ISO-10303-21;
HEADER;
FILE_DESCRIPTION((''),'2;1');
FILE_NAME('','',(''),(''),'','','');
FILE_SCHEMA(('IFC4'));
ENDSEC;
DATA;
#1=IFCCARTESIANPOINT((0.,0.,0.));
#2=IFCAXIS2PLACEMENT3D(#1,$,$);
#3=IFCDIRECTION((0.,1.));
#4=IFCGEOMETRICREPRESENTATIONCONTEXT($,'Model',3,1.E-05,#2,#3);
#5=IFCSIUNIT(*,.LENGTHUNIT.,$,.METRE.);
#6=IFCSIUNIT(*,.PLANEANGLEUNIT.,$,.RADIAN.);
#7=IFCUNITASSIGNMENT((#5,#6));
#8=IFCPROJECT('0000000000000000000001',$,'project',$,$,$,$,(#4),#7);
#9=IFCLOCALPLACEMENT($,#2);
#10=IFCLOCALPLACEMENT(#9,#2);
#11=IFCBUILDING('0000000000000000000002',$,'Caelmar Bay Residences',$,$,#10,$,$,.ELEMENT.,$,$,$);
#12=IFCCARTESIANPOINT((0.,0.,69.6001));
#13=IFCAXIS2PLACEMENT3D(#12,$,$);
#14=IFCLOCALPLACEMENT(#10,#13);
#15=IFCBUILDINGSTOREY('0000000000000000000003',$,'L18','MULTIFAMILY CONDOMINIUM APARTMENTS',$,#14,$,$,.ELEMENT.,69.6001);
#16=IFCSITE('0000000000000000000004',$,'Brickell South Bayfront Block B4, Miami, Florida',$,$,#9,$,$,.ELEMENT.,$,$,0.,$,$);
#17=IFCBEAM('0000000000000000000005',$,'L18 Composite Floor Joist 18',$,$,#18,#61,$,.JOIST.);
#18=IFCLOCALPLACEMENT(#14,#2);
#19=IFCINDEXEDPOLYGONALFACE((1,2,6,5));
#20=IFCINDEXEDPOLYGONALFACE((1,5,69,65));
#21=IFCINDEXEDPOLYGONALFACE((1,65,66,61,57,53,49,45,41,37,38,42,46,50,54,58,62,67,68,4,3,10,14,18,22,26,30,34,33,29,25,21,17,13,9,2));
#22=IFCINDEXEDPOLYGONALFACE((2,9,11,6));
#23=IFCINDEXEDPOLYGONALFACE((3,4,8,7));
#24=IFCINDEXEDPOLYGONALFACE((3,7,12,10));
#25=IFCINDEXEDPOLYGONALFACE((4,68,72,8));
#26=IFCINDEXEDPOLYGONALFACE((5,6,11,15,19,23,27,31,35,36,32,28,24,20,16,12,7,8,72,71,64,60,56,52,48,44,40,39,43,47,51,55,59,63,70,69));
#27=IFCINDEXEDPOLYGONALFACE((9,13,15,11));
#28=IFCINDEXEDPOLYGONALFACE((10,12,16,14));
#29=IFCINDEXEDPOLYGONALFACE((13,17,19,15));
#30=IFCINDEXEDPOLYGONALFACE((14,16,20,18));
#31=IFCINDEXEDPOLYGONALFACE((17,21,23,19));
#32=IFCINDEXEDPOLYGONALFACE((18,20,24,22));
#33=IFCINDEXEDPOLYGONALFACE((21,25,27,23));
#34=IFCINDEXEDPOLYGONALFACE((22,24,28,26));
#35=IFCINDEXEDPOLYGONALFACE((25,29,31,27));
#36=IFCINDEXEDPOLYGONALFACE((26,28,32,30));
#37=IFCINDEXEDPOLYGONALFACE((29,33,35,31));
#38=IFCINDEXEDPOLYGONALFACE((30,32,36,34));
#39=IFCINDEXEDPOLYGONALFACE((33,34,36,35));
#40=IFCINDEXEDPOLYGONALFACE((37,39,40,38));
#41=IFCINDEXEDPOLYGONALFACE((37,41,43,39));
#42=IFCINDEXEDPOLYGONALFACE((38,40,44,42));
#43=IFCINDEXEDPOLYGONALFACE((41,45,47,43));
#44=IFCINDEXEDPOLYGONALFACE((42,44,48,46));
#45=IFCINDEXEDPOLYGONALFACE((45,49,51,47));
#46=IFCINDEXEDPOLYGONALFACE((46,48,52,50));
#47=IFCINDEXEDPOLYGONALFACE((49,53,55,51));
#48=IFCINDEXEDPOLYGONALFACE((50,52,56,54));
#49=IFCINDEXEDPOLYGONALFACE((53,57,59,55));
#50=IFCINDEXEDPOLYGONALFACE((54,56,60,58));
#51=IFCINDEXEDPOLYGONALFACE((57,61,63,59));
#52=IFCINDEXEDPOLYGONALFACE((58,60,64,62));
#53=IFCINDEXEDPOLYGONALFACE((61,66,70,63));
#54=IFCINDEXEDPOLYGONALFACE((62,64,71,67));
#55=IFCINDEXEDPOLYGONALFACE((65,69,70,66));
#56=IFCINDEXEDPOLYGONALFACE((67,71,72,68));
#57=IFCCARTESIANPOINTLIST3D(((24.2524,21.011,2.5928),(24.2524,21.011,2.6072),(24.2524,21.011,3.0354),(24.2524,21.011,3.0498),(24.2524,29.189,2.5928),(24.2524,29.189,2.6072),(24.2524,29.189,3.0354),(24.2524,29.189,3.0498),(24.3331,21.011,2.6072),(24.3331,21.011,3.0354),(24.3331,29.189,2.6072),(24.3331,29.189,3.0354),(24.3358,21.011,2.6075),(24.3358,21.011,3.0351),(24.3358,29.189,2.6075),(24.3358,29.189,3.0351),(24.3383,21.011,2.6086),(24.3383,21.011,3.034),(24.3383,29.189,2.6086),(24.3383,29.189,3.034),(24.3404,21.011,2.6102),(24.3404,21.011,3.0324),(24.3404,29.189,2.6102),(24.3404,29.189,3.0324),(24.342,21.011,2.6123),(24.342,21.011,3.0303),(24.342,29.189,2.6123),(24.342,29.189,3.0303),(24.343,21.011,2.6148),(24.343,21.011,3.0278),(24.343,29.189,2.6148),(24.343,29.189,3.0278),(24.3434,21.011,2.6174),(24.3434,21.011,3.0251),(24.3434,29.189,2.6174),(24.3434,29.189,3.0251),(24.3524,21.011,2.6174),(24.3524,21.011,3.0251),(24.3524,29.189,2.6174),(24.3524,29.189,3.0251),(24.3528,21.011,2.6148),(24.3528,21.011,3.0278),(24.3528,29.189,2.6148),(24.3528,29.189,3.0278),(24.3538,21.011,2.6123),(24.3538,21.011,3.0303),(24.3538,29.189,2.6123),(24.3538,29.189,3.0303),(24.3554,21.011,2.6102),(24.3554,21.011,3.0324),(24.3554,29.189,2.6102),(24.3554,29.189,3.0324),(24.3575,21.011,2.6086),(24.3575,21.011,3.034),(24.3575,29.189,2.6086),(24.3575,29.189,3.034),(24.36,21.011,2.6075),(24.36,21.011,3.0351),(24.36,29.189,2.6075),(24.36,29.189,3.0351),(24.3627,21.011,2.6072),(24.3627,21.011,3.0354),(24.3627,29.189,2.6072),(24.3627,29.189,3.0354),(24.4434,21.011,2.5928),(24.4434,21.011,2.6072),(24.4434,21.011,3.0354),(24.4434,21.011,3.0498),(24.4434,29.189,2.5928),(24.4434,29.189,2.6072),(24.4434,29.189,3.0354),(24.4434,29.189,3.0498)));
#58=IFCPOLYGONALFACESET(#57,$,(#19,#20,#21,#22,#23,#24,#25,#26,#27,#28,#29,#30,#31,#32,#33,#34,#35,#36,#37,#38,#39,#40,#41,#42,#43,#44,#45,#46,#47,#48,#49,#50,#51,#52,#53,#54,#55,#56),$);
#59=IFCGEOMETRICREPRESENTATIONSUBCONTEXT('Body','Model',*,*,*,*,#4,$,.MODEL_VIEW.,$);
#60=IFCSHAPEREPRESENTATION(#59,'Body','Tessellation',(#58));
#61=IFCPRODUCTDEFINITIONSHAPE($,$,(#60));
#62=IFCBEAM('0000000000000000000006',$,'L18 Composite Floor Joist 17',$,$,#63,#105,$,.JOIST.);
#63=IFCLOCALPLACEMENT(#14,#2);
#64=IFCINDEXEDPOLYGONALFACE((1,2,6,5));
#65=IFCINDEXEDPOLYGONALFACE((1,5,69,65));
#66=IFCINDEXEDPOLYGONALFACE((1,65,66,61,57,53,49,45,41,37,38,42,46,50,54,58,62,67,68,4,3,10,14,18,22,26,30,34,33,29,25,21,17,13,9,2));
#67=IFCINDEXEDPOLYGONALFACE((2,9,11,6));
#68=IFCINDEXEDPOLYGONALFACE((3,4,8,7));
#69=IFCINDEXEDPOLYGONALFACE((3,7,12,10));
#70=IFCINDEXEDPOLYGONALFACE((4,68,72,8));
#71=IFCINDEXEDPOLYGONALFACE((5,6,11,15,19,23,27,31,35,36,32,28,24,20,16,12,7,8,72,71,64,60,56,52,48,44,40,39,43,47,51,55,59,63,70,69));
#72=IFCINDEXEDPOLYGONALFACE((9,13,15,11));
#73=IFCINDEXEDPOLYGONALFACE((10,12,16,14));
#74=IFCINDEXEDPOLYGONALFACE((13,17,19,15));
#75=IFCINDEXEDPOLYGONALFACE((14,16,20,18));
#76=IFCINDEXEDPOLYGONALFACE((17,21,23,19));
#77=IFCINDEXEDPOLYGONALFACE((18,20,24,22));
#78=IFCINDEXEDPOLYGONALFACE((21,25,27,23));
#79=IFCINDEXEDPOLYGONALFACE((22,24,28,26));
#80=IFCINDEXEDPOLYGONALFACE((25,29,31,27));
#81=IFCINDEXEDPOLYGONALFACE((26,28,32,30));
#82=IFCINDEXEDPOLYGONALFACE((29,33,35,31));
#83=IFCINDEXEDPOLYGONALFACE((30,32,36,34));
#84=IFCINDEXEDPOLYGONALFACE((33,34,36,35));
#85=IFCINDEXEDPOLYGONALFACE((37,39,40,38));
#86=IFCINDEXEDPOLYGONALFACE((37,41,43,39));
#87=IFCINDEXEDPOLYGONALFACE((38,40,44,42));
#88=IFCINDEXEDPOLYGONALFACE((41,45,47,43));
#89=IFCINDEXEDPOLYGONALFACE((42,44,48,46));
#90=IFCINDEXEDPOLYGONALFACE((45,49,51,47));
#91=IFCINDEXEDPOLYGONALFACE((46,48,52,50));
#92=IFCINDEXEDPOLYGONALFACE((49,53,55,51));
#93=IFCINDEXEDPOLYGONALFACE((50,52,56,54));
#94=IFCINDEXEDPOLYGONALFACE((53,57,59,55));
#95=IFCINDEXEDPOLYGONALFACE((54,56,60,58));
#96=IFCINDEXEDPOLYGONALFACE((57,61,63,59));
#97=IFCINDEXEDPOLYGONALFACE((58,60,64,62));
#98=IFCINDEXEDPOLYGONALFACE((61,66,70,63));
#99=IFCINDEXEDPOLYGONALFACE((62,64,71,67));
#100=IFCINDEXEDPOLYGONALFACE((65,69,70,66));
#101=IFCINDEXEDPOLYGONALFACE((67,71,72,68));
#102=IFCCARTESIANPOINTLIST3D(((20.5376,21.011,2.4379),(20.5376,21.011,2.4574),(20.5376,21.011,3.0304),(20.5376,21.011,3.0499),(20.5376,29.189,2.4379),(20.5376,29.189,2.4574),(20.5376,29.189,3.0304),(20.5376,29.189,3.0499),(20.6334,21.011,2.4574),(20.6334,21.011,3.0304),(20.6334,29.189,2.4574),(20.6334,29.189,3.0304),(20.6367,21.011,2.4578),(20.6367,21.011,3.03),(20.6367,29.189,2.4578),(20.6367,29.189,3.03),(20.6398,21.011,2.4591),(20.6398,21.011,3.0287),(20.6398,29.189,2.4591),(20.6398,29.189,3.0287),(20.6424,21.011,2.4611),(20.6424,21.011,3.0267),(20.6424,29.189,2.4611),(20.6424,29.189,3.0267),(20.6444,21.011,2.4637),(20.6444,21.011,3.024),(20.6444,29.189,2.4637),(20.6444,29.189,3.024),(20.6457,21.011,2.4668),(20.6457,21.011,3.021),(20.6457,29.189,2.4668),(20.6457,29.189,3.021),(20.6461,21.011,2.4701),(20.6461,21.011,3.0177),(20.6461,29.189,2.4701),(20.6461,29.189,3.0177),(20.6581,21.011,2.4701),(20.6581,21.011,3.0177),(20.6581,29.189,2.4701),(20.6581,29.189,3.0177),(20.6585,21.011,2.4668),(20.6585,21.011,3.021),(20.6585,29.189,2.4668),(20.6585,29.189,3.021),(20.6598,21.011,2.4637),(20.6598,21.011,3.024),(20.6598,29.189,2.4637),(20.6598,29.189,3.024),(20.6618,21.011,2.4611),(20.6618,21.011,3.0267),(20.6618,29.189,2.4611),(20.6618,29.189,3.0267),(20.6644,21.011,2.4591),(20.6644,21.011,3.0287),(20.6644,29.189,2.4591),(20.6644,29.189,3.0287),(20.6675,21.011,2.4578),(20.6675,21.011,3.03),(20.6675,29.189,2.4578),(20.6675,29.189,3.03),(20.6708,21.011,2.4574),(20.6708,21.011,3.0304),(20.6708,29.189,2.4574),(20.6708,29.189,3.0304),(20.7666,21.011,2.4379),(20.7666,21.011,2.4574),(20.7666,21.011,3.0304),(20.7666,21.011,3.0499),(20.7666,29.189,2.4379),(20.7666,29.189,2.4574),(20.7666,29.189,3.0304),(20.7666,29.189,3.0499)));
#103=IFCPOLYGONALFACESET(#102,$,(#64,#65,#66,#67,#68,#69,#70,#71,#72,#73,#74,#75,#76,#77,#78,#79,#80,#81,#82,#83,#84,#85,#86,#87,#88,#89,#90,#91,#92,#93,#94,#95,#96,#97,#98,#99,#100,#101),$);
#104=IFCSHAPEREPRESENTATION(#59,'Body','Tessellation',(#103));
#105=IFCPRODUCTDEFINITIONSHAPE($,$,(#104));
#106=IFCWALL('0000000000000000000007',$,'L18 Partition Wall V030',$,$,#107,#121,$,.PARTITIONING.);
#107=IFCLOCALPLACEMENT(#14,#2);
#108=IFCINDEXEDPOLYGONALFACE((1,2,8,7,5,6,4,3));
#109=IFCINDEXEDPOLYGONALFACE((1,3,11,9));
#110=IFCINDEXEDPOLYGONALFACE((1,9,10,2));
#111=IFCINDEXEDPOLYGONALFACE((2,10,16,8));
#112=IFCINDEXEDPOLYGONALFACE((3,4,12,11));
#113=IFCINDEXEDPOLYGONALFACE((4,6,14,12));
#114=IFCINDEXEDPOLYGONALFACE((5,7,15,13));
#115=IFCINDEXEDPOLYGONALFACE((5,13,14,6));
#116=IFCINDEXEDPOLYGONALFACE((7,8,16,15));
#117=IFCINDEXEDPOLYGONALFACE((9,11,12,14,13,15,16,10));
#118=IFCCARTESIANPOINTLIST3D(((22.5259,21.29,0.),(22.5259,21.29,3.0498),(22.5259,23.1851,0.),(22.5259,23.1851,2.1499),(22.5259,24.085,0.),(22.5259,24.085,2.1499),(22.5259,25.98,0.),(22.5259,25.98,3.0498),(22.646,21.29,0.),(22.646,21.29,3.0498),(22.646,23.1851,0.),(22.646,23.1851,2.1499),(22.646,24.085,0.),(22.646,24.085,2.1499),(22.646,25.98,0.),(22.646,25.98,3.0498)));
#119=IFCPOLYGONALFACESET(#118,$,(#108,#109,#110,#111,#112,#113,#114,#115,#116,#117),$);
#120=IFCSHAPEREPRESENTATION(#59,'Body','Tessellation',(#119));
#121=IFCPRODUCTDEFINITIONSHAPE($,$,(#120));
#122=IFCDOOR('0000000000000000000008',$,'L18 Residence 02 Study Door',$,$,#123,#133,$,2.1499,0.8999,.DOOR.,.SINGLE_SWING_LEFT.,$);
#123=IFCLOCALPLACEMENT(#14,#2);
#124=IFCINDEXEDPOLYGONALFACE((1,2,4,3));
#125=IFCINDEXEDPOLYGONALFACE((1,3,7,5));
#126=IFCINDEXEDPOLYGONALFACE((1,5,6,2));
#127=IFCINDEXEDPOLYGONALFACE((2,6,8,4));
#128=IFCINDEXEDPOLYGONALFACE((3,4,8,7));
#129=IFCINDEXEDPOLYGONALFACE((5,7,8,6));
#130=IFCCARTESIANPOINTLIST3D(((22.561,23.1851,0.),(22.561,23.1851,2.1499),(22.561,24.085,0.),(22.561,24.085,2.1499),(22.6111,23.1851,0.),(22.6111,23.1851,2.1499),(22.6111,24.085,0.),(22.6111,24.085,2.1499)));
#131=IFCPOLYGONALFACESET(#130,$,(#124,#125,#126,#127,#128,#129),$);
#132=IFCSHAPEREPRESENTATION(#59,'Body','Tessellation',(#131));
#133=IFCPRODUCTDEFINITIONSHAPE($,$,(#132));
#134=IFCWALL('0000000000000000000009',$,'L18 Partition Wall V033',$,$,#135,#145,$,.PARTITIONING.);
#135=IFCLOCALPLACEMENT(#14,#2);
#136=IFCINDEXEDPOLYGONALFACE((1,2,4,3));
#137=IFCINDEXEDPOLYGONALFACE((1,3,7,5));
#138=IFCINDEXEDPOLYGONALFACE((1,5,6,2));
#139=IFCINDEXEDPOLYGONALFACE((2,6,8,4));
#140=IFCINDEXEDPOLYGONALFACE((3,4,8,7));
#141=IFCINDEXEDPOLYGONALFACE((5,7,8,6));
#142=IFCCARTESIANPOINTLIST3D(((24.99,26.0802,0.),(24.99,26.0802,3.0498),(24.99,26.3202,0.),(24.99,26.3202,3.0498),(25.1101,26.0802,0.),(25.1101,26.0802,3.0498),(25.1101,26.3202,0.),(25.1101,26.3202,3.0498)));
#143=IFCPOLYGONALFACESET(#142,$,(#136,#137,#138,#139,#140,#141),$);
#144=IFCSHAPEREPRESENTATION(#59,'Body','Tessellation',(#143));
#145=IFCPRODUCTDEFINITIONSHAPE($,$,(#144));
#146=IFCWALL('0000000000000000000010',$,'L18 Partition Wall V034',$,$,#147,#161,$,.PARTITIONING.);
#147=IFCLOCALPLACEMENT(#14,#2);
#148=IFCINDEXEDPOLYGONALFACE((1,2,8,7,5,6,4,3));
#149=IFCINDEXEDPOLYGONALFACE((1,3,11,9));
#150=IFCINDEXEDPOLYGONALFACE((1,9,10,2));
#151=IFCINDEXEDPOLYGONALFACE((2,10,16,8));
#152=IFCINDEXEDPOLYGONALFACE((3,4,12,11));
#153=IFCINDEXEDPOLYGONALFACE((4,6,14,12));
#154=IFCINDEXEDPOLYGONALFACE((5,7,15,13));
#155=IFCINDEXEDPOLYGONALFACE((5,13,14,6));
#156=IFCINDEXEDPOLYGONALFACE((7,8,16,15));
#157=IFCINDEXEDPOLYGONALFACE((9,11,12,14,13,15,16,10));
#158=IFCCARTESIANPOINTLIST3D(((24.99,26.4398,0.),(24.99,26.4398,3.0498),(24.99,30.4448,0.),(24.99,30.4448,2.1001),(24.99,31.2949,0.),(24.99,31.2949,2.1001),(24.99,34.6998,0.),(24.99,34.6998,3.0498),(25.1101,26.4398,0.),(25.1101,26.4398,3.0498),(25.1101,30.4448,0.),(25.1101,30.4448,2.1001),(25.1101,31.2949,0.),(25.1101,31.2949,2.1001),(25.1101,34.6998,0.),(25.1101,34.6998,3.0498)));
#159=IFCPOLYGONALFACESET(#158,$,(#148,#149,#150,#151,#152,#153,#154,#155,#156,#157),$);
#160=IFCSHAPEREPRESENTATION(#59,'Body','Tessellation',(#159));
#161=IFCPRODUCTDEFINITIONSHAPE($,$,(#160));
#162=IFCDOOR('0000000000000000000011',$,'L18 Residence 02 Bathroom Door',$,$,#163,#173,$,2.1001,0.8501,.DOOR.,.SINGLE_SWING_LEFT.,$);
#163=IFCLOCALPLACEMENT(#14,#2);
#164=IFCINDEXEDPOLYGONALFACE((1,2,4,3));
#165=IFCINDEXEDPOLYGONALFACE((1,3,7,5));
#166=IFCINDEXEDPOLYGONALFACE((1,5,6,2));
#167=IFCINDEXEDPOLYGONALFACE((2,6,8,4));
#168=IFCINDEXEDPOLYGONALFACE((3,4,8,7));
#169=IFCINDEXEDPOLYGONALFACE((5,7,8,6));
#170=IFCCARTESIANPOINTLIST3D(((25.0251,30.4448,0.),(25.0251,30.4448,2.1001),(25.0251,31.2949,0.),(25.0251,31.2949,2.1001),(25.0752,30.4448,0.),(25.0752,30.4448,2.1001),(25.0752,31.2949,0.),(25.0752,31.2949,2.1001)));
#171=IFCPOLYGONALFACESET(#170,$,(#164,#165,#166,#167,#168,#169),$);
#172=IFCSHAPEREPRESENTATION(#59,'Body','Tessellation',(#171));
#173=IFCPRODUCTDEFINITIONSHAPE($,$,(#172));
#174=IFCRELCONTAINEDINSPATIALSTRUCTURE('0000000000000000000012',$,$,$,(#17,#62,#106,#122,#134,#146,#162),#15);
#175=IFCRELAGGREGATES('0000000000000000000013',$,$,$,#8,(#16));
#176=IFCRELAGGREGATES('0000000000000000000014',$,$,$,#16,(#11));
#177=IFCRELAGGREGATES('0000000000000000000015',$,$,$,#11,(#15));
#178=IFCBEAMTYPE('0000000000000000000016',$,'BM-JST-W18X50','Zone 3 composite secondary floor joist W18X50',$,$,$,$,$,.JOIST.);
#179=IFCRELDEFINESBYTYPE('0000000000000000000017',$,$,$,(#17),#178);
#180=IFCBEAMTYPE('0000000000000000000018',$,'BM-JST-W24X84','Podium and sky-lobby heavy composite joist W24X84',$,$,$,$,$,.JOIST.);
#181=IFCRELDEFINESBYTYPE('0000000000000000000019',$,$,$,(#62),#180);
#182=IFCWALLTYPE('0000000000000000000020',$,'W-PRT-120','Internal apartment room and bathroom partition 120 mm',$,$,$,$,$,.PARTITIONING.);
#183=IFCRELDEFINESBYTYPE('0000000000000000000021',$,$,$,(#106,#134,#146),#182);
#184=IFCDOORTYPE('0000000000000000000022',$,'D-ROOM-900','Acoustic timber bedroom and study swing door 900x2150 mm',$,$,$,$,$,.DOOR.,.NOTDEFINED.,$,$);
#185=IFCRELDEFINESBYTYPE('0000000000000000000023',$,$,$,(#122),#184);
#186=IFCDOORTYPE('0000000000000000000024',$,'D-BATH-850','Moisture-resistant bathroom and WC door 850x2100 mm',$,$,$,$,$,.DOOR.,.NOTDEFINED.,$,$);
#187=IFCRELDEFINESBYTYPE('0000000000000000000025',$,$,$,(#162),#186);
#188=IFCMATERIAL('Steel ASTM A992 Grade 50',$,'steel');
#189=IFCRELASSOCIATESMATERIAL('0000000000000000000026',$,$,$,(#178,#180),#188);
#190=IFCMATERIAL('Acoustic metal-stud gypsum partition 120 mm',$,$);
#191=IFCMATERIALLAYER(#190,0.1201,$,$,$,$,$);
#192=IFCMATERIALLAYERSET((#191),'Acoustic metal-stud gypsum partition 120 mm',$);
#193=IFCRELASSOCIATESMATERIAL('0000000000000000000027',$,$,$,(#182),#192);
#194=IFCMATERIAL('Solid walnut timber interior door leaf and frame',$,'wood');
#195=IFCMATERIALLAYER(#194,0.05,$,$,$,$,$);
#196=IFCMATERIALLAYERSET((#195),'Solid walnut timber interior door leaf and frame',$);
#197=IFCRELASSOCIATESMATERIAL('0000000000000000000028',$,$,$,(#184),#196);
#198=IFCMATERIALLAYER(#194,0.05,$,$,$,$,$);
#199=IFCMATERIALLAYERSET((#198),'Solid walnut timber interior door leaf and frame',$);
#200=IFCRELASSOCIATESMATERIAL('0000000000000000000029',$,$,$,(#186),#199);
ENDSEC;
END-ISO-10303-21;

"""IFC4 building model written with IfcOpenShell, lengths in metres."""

from ifc_helpers import new_model, si_unit, direction, frame, frame_2d, origin, origin_2d, place, context, subcontext, project, spatial, rectangle, i_section, extrude, material, layer, layer_set, material_profile, profile_set, type_object, element, fill, save


model = new_model("IFC4")

# Units and contexts
model_context = context("Model", 3, precision=1e-05, world=origin(), true_north=direction((0.0, 1.0)))
body_context = subcontext(model_context, "Body", "Model", "MODEL_VIEW")
ifc_project = project(units=[si_unit("LENGTHUNIT", "METRE"), si_unit("PLANEANGLEUNIT", "RADIAN")], contexts=[model_context])

# Site, building, storey
site_placement = place(None, origin())
site = spatial("IfcSite", under=ifc_project, at=site_placement, Name="Brickell South Bayfront Block B4, Miami, Florida", CompositionType="ELEMENT", RefElevation=0.0)
building_placement = place(site_placement, origin())
building = spatial("IfcBuilding", under=site, at=building_placement, Name="Caelmar Bay Residences", CompositionType="ELEMENT")
storey_placement = place(building_placement, frame((0.0, 0.0, 69.6001)))
storey = spatial("IfcBuildingStorey", under=building, at=storey_placement, Name="L18", Description="MULTIFAMILY CONDOMINIUM APARTMENTS", CompositionType="ELEMENT", Elevation=69.6001)

# Beams
ifc_material_1 = material(Name="Steel ASTM A992 Grade 50", Category="steel")
ifc_material_profile_1 = material_profile(ifc_material_1, i_section(OverallWidth=0.1909, OverallDepth=0.457, WebThickness=0.009, FlangeThickness=0.0144, FilletRadius=0.0103, at=origin_2d()), Name="W18X50")
ifc_profile_set_1 = profile_set([ifc_material_profile_1], Name="Steel ASTM A992 Grade 50")
beam_type_1 = type_object("IfcBeamType", Name="BM-JST-W18X50", Description="Zone 3 composite secondary floor joist W18X50", PredefinedType="JOIST", material=ifc_profile_set_1)
beam_1_placement = place(storey_placement, frame((24.3479, 21.011, 2.8213), z_axis=(0.0, 1.0, 0.0), x_axis=(-1.0, 0.0, 0.0)))
element("IfcBeam", 1, at=beam_1_placement, inside=storey, type_object=beam_type_1, Name="L18 Composite Floor Joist 18", PredefinedType="JOIST", context=body_context, shape_type="SweptSolid", body=[
    extrude(i_section(OverallWidth=0.1909, OverallDepth=0.457, WebThickness=0.009, FlangeThickness=0.0144, FilletRadius=0.0103, at=origin_2d()), origin(), (0.0, 0.0, 1.0), 8.178),
])
ifc_material_profile_2 = material_profile(ifc_material_1, i_section(OverallWidth=0.229, OverallDepth=0.6121, WebThickness=0.012, FlangeThickness=0.0195, FilletRadius=0.0127, at=origin_2d()), Name="W24X84")
ifc_profile_set_2 = profile_set([ifc_material_profile_2], Name="Steel ASTM A992 Grade 50")
beam_type_2 = type_object("IfcBeamType", Name="BM-JST-W24X84", Description="Podium and sky-lobby heavy composite joist W24X84", PredefinedType="JOIST", material=ifc_profile_set_2)
beam_2_placement = place(storey_placement, frame((20.6521, 21.011, 2.7439), z_axis=(0.0, 1.0, 0.0), x_axis=(-1.0, 0.0, 0.0)))
element("IfcBeam", 2, at=beam_2_placement, inside=storey, type_object=beam_type_2, Name="L18 Composite Floor Joist 17", PredefinedType="JOIST", context=body_context, shape_type="SweptSolid", body=[
    extrude(i_section(OverallWidth=0.229, OverallDepth=0.6121, WebThickness=0.012, FlangeThickness=0.0195, FilletRadius=0.0127, at=origin_2d()), origin(), (0.0, 0.0, 1.0), 8.178),
])

# Wall, opening, door
ifc_material_2 = material(Name="Acoustic metal-stud gypsum partition 120 mm")
ifc_layer_1 = layer(ifc_material_2, 0.1201)
ifc_layer_set_1 = layer_set([ifc_layer_1], Name="Acoustic metal-stud gypsum partition 120 mm")
wall_type_1 = type_object("IfcWallType", Name="W-PRT-120", Description="Internal apartment room and bathroom partition 120 mm", PredefinedType="PARTITIONING", material=ifc_layer_set_1)
wall_1_placement = place(storey_placement, frame((22.5859, 21.29, 0.0), z_axis=(0.0, 0.0, 1.0), x_axis=(0.0, 1.0, 0.0)))
wall_1 = element("IfcWall", 3, at=wall_1_placement, inside=storey, type_object=wall_type_1, Name="L18 Partition Wall V030", PredefinedType="PARTITIONING", context=body_context, shape_type="SweptSolid", body=[
    extrude(rectangle(XDim=4.6899, YDim=0.1201, at=frame_2d((2.345, 0.0))), origin(), (0.0, 0.0, 1.0), 3.0498),
])
opening_1_placement = place(wall_1_placement, frame((1.895, 0.0, 0.0)))
opening_1 = element("IfcOpeningElement", 4, at=opening_1_placement, cuts=wall_1, PredefinedType="OPENING", context=body_context, shape_type="SweptSolid", body=[
    extrude(rectangle(XDim=0.8999, YDim=2.1499, at=frame_2d((0.45, 1.075))), frame((0.0, 0.0701, 0.0), z_axis=(0.0, -1.0, 0.0), x_axis=(1.0, 0.0, 0.0)), (0.0, 0.0, 1.0), 0.1401),
])
ifc_material_3 = material(Name="Solid walnut timber interior door leaf and frame", Category="wood")
ifc_layer_2 = layer(ifc_material_3, 0.05)
ifc_layer_set_2 = layer_set([ifc_layer_2], Name="Solid walnut timber interior door leaf and frame")
door_type_1 = type_object("IfcDoorType", Name="D-ROOM-900", Description="Acoustic timber bedroom and study swing door 900x2150 mm", OperationType="NOTDEFINED", PredefinedType="DOOR", material=ifc_layer_set_2)
door_1_placement = place(opening_1_placement, origin())
door_1 = element("IfcDoor", 5, at=door_1_placement, inside=storey, type_object=door_type_1, Name="L18 Residence 02 Study Door", OperationType="SINGLE_SWING_LEFT", OverallHeight=2.1499, OverallWidth=0.8999, PredefinedType="DOOR", context=body_context, shape_type="SweptSolid", body=[
    extrude(rectangle(XDim=0.8999, YDim=2.1499, at=frame_2d((0.45, 1.075))), frame((0.0, 0.0249, 0.0), z_axis=(0.0, -1.0, 0.0), x_axis=(1.0, 0.0, 0.0)), (0.0, 0.0, 1.0), 0.05),
])
fill(opening_1, door_1)

# Wall
wall_2_placement = place(storey_placement, frame((25.05, 26.0801, 0.0), z_axis=(0.0, 0.0, 1.0), x_axis=(0.0, 1.0, 0.0)))
element("IfcWall", 6, at=wall_2_placement, inside=storey, type_object=wall_type_1, Name="L18 Partition Wall V033", PredefinedType="PARTITIONING", context=body_context, shape_type="SweptSolid", body=[
    extrude(rectangle(XDim=0.24, YDim=0.1201, at=frame_2d((0.1201, 0.0))), origin(), (0.0, 0.0, 1.0), 3.0498),
])

# Wall, opening, door
wall_3_placement = place(storey_placement, frame((25.05, 26.4399, 0.0), z_axis=(0.0, 0.0, 1.0), x_axis=(0.0, 1.0, 0.0)))
wall_3 = element("IfcWall", 7, at=wall_3_placement, inside=storey, type_object=wall_type_1, Name="L18 Partition Wall V034", PredefinedType="PARTITIONING", context=body_context, shape_type="SweptSolid", body=[
    extrude(rectangle(XDim=8.26, YDim=0.1201, at=frame_2d((4.1299, 0.0))), origin(), (0.0, 0.0, 1.0), 3.0498),
])
opening_2_placement = place(wall_3_placement, frame((4.0049, 0.0, 0.0)))
opening_2 = element("IfcOpeningElement", 8, at=opening_2_placement, cuts=wall_3, PredefinedType="OPENING", context=body_context, shape_type="SweptSolid", body=[
    extrude(rectangle(XDim=0.8501, YDim=2.1001, at=frame_2d((0.425, 1.05))), frame((0.0, 0.0701, 0.0), z_axis=(0.0, -1.0, 0.0), x_axis=(1.0, 0.0, 0.0)), (0.0, 0.0, 1.0), 0.1401),
])
ifc_layer_3 = layer(ifc_material_3, 0.05)
ifc_layer_set_3 = layer_set([ifc_layer_3], Name="Solid walnut timber interior door leaf and frame")
door_type_2 = type_object("IfcDoorType", Name="D-BATH-850", Description="Moisture-resistant bathroom and WC door 850x2100 mm", OperationType="NOTDEFINED", PredefinedType="DOOR", material=ifc_layer_set_3)
door_2_placement = place(opening_2_placement, origin())
door_2 = element("IfcDoor", 9, at=door_2_placement, inside=storey, type_object=door_type_2, Name="L18 Residence 02 Bathroom Door", OperationType="SINGLE_SWING_LEFT", OverallHeight=2.1001, OverallWidth=0.8501, PredefinedType="DOOR", context=body_context, shape_type="SweptSolid", body=[
    extrude(rectangle(XDim=0.8501, YDim=2.1001, at=frame_2d((0.425, 1.05))), frame((0.0, 0.0249, 0.0), z_axis=(0.0, -1.0, 0.0), x_axis=(1.0, 0.0, 0.0)), (0.0, 0.0, 1.0), 0.05),
])
fill(opening_2, door_2)

save(model, "model.ifc")
